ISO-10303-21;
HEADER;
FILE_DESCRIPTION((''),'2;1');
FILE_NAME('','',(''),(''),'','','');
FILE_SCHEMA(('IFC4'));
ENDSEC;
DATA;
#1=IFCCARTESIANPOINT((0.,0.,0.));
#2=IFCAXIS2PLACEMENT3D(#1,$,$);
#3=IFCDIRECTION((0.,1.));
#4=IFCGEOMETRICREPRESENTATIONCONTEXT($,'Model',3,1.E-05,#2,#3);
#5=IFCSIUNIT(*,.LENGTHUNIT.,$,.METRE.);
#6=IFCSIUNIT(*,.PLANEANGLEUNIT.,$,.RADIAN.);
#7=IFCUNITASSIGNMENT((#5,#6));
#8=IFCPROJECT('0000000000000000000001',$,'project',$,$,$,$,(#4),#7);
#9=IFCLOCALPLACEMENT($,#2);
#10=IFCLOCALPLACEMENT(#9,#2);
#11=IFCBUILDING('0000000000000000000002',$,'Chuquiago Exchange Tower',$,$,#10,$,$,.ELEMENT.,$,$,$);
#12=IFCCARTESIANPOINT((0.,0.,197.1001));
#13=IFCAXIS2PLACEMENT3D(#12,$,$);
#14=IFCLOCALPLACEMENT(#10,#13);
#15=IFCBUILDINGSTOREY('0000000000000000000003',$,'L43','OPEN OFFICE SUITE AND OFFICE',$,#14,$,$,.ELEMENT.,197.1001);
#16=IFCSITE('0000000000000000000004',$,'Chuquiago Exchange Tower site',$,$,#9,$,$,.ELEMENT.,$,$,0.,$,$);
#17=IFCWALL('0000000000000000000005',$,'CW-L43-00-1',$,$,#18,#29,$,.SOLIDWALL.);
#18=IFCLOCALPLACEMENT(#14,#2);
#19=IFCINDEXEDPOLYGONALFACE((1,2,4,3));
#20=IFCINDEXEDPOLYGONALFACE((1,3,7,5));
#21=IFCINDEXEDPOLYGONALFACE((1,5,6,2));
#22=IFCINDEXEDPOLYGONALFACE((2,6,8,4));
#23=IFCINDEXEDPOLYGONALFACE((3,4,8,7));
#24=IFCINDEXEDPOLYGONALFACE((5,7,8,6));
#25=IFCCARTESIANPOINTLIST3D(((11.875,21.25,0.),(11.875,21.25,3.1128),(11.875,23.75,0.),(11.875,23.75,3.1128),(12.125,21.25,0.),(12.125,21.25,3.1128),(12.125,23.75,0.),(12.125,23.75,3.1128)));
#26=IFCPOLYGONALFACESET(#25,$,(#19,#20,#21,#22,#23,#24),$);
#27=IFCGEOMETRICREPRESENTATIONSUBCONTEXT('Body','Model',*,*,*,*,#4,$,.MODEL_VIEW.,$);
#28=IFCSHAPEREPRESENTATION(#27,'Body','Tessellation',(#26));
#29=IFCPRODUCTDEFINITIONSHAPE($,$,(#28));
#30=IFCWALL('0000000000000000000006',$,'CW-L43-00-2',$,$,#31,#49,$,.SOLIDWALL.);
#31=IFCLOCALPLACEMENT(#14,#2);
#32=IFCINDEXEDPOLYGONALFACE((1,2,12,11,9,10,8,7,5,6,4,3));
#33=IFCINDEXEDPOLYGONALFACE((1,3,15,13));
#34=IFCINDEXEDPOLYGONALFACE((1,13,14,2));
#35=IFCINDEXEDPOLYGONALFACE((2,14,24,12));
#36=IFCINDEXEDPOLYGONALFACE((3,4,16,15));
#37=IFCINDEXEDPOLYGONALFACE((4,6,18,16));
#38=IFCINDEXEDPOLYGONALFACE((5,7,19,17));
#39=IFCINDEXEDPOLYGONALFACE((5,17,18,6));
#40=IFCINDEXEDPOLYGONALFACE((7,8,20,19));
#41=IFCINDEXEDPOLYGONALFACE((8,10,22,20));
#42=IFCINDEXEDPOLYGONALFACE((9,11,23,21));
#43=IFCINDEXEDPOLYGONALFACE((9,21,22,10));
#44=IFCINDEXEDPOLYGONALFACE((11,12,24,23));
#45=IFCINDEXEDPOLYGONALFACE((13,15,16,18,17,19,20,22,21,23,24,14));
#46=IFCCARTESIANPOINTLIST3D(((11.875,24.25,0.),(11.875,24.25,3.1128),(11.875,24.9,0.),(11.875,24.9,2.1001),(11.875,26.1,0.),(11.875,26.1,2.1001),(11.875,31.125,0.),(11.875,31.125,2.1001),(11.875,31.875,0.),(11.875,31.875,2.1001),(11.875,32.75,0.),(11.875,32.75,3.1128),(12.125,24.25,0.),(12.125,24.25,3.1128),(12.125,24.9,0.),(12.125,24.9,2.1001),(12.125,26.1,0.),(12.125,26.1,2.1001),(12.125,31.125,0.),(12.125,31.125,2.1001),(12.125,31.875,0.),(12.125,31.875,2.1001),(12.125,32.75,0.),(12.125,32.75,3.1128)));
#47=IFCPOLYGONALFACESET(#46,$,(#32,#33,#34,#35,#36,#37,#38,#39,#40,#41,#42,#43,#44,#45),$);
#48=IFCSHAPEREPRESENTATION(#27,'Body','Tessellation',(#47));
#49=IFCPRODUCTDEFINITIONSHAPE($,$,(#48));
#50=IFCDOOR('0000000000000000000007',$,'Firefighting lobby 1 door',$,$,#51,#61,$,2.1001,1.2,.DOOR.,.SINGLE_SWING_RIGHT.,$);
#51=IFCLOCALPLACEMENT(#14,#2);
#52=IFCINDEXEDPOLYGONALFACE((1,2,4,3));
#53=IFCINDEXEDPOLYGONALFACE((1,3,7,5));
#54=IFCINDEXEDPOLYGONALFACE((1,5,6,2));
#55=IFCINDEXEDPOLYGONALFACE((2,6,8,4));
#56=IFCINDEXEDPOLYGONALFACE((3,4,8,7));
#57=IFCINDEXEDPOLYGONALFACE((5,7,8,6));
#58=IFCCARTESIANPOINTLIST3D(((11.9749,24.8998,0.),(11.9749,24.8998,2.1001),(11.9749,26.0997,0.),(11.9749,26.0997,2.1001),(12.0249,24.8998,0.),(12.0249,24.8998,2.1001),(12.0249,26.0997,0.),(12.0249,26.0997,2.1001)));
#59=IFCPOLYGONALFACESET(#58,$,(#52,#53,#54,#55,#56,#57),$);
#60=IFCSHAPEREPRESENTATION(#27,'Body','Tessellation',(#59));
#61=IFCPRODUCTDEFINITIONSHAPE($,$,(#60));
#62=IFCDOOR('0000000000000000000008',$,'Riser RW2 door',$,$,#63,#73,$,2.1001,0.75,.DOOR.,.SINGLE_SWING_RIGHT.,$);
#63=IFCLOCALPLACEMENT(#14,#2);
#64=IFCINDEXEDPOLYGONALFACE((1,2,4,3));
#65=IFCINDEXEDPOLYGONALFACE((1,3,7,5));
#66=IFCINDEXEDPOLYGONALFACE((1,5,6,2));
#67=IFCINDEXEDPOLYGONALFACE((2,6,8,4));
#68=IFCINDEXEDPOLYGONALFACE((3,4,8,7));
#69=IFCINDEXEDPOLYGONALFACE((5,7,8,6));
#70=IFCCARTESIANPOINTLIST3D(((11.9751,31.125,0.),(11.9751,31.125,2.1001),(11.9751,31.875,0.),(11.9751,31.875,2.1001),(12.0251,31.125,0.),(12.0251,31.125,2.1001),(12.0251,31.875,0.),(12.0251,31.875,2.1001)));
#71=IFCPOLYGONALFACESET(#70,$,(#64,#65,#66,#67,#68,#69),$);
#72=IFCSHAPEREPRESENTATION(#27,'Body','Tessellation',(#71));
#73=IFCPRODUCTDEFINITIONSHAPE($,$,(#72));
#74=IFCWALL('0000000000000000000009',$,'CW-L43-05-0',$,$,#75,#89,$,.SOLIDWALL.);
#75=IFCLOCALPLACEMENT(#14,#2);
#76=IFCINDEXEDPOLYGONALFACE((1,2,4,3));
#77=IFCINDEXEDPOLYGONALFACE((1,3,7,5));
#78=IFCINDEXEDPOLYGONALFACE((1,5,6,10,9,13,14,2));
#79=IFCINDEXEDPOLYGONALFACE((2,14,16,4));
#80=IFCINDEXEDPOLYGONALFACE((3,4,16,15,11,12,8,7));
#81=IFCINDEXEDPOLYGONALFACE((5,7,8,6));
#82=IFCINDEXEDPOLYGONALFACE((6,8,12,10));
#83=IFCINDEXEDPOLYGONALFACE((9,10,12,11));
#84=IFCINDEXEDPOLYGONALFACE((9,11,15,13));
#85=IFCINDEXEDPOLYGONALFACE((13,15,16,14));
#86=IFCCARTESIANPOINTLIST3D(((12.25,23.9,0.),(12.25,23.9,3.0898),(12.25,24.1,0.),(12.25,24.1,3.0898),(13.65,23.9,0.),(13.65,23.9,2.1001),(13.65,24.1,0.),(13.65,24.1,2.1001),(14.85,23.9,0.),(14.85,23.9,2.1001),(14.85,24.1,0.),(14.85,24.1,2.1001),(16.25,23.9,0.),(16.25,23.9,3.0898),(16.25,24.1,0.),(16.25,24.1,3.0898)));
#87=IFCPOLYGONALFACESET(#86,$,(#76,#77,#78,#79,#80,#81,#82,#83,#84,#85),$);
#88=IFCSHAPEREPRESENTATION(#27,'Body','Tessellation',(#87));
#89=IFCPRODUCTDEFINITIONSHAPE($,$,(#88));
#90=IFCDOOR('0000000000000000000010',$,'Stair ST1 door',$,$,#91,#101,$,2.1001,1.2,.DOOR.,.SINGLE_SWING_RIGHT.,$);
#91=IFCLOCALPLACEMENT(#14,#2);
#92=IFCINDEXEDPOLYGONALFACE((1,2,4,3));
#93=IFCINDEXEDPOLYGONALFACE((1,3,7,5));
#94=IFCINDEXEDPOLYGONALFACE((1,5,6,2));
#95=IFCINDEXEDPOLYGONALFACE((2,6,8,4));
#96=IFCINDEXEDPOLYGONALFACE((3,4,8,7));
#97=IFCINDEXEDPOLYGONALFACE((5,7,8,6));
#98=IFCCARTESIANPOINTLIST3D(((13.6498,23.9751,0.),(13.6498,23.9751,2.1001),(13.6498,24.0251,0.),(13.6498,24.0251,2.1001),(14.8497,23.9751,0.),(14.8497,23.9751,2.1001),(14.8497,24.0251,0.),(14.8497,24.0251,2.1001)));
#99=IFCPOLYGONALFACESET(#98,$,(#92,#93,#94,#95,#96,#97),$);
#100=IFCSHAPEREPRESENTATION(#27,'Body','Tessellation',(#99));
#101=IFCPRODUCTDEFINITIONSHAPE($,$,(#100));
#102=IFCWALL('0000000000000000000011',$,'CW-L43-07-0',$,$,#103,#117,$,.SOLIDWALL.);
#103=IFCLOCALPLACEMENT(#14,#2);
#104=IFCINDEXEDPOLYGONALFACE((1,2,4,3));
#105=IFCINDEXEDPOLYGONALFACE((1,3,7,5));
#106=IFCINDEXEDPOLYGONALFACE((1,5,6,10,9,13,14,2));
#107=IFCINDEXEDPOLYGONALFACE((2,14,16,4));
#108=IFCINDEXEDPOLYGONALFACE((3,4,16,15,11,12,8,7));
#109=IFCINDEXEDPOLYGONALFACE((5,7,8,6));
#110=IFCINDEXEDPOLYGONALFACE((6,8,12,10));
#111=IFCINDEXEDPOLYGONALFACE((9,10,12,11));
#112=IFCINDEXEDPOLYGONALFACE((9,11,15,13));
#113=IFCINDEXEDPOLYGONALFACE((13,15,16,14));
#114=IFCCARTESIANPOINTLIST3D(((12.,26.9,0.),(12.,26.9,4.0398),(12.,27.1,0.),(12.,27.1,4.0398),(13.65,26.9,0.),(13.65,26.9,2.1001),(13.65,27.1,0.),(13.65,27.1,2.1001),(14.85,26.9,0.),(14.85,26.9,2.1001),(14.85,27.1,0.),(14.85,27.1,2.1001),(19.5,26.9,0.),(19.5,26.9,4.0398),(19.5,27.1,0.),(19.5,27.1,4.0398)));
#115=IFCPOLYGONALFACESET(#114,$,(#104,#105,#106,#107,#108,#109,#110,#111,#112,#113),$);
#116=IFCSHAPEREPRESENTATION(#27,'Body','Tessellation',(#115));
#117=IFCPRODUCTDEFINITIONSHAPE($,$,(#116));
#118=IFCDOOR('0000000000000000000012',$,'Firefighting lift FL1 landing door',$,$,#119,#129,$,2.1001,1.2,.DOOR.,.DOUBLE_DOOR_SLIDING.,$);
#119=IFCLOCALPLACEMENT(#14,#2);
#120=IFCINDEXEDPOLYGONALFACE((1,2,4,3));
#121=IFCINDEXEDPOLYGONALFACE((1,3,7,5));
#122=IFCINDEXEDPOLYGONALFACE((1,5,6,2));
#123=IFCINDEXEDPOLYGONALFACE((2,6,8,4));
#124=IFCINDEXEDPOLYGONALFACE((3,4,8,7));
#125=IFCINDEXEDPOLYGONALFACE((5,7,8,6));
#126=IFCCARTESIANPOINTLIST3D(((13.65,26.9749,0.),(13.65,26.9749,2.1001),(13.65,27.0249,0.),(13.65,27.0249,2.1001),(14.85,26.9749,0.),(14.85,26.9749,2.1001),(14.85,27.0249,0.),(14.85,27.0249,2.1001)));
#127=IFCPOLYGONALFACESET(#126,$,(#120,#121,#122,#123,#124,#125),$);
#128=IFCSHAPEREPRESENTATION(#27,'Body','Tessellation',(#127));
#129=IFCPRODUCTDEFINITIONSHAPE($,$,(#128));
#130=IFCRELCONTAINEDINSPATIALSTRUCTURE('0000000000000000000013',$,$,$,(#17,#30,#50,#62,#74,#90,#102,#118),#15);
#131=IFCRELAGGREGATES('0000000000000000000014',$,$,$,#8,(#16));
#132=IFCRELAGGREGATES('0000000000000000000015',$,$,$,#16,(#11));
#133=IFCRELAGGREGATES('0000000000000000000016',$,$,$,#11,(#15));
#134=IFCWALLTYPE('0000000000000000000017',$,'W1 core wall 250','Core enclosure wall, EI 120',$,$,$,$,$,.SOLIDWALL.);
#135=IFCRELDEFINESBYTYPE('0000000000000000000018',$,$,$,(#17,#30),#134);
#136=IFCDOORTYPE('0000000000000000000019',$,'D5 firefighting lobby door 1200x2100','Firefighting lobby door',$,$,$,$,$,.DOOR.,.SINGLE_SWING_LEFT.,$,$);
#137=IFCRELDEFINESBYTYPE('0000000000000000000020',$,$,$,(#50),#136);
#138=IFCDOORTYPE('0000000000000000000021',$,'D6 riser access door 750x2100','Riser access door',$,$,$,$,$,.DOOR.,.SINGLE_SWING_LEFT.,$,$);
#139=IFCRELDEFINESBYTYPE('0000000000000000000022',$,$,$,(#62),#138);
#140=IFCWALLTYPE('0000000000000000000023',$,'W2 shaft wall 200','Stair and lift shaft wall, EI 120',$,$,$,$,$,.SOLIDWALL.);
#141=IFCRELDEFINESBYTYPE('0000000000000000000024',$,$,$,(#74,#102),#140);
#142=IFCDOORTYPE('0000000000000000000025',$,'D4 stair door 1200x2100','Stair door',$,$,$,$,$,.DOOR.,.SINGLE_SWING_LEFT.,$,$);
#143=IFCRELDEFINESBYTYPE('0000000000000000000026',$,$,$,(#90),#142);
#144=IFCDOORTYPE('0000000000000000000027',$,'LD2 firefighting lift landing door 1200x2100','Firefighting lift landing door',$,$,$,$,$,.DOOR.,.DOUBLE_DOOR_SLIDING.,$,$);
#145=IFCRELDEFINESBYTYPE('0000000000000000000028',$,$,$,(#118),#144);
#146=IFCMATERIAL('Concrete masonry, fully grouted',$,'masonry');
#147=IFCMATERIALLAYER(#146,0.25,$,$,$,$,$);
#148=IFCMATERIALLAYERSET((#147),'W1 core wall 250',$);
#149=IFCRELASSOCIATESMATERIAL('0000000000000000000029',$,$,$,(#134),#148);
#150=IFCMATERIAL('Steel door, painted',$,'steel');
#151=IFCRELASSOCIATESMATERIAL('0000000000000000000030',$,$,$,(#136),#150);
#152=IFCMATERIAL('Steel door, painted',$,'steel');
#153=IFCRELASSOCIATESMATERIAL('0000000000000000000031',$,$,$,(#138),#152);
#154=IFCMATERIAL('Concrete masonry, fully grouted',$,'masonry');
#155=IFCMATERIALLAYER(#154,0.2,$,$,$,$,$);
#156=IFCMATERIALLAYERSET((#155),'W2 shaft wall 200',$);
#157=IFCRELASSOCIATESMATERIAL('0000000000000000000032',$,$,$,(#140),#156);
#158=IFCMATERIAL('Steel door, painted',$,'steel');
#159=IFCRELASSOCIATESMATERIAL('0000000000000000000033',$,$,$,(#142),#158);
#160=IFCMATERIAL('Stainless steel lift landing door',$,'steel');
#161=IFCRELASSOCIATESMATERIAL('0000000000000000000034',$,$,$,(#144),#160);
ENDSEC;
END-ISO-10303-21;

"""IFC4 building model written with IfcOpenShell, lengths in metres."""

from ifc_helpers import new_model, si_unit, direction, frame, frame_2d, origin, place, context, subcontext, project, spatial, rectangle, extrude, material, layer, layer_set, type_object, element, fill, save


model = new_model("IFC4")

# Units and contexts
model_context = context("Model", 3, precision=1e-05, world=origin(), true_north=direction((0.0, 1.0)))
body_context = subcontext(model_context, "Body", "Model", "MODEL_VIEW")
ifc_project = project(units=[si_unit("LENGTHUNIT", "METRE"), si_unit("PLANEANGLEUNIT", "RADIAN")], contexts=[model_context])

# Site, building, storey
site_placement = place(None, origin())
site = spatial("IfcSite", under=ifc_project, at=site_placement, Name="Chuquiago Exchange Tower site", CompositionType="ELEMENT", RefElevation=0.0)
building_placement = place(site_placement, origin())
building = spatial("IfcBuilding", under=site, at=building_placement, Name="Chuquiago Exchange Tower", CompositionType="ELEMENT")
storey_placement = place(building_placement, frame((0.0, 0.0, 197.1001)))
storey = spatial("IfcBuildingStorey", under=building, at=storey_placement, Name="L43", Description="OPEN OFFICE SUITE AND OFFICE", CompositionType="ELEMENT", Elevation=197.1001)

# Wall
ifc_material_1 = material(Name="Concrete masonry, fully grouted", Category="masonry")
ifc_layer_1 = layer(ifc_material_1, 0.25)
ifc_layer_set_1 = layer_set([ifc_layer_1], Name="W1 core wall 250")
wall_type_1 = type_object("IfcWallType", Name="W1 core wall 250", Description="Core enclosure wall, EI 120", PredefinedType="SOLIDWALL", material=ifc_layer_set_1)
wall_1_placement = place(storey_placement, frame((12.0, 21.25, 0.0), z_axis=(0.0, 0.0, 1.0), x_axis=(0.0, 1.0, 0.0)))
element("IfcWall", 1, at=wall_1_placement, inside=storey, type_object=wall_type_1, Name="CW-L43-00-1", PredefinedType="SOLIDWALL", context=body_context, shape_type="SweptSolid", body=[
    extrude(rectangle(XDim=2.5, YDim=0.25, at=frame_2d((1.25, 0.0))), origin(), (0.0, 0.0, 1.0), 3.1128),
])

# Wall, openings, doors
wall_2_placement = place(storey_placement, frame((12.0, 24.25, 0.0), z_axis=(0.0, 0.0, 1.0), x_axis=(0.0, 1.0, 0.0)))
wall_2 = element("IfcWall", 2, at=wall_2_placement, inside=storey, type_object=wall_type_1, Name="CW-L43-00-2", PredefinedType="SOLIDWALL", context=body_context, shape_type="SweptSolid", body=[
    extrude(rectangle(XDim=8.5, YDim=0.25, at=frame_2d((4.25, 0.0))), origin(), (0.0, 0.0, 1.0), 3.1128),
])
opening_1_placement = place(wall_2_placement, frame((0.6499, 0.0, 0.0)))
opening_1 = element("IfcOpeningElement", 3, at=opening_1_placement, cuts=wall_2, PredefinedType="OPENING", context=body_context, shape_type="SweptSolid", body=[
    extrude(rectangle(XDim=1.2, YDim=2.1001, at=frame_2d((0.6001, 1.05))), frame((0.0, 0.135, 0.0), z_axis=(0.0, -1.0, 0.0), x_axis=(1.0, 0.0, 0.0)), (0.0, 0.0, 1.0), 0.27),
])
opening_2_placement = place(wall_2_placement, frame((6.875, 0.0, 0.0)))
opening_2 = element("IfcOpeningElement", 4, at=opening_2_placement, cuts=wall_2, PredefinedType="OPENING", context=body_context, shape_type="SweptSolid", body=[
    extrude(rectangle(XDim=0.75, YDim=2.1001, at=frame_2d((0.375, 1.05))), frame((0.0, 0.135, 0.0), z_axis=(0.0, -1.0, 0.0), x_axis=(1.0, 0.0, 0.0)), (0.0, 0.0, 1.0), 0.27),
])
ifc_material_2 = material(Name="Steel door, painted", Category="steel")
door_type_1 = type_object("IfcDoorType", Name="D5 firefighting lobby door 1200x2100", Description="Firefighting lobby door", OperationType="SINGLE_SWING_LEFT", PredefinedType="DOOR", material=ifc_material_2)
door_1_placement = place(opening_1_placement, frame((1.2, 0.0, 0.0), z_axis=(0.0, 0.0, 1.0), x_axis=(-1.0, 0.0, 0.0)))
door_1 = element("IfcDoor", 5, at=door_1_placement, inside=storey, type_object=door_type_1, Name="Firefighting lobby 1 door", OperationType="SINGLE_SWING_RIGHT", OverallHeight=2.1001, OverallWidth=1.2, PredefinedType="DOOR", context=body_context, shape_type="SweptSolid", body=[
    extrude(rectangle(XDim=1.2, YDim=2.1001, at=frame_2d((0.6001, 1.05))), frame((0.0, 0.0249, 0.0), z_axis=(0.0, -1.0, 0.0), x_axis=(1.0, 0.0, 0.0)), (0.0, 0.0, 1.0), 0.05),
])
fill(opening_1, door_1)
ifc_material_3 = material(Name="Steel door, painted", Category="steel")
door_type_2 = type_object("IfcDoorType", Name="D6 riser access door 750x2100", Description="Riser access door", OperationType="SINGLE_SWING_LEFT", PredefinedType="DOOR", material=ifc_material_3)
door_2_placement = place(opening_2_placement, origin())
door_2 = element("IfcDoor", 6, at=door_2_placement, inside=storey, type_object=door_type_2, Name="Riser RW2 door", OperationType="SINGLE_SWING_RIGHT", OverallHeight=2.1001, OverallWidth=0.75, PredefinedType="DOOR", context=body_context, shape_type="SweptSolid", body=[
    extrude(rectangle(XDim=0.75, YDim=2.1001, at=frame_2d((0.375, 1.05))), frame((0.0, 0.0249, 0.0), z_axis=(0.0, -1.0, 0.0), x_axis=(1.0, 0.0, 0.0)), (0.0, 0.0, 1.0), 0.05),
])
fill(opening_2, door_2)

# Walls, openings, doors
ifc_material_4 = material(Name="Concrete masonry, fully grouted", Category="masonry")
ifc_layer_2 = layer(ifc_material_4, 0.2)
ifc_layer_set_2 = layer_set([ifc_layer_2], Name="W2 shaft wall 200")
wall_type_2 = type_object("IfcWallType", Name="W2 shaft wall 200", Description="Stair and lift shaft wall, EI 120", PredefinedType="SOLIDWALL", material=ifc_layer_set_2)
wall_3_placement = place(storey_placement, frame((12.25, 24.0, 0.0), z_axis=(0.0, 0.0, 1.0), x_axis=(1.0, 0.0, 0.0)))
wall_3 = element("IfcWall", 7, at=wall_3_placement, inside=storey, type_object=wall_type_2, Name="CW-L43-05-0", PredefinedType="SOLIDWALL", context=body_context, shape_type="SweptSolid", body=[
    extrude(rectangle(XDim=4.0, YDim=0.2, at=frame_2d((2.0, 0.0))), origin(), (0.0, 0.0, 1.0), 3.0898),
])
opening_3_placement = place(wall_3_placement, frame((1.3999, 0.0, 0.0)))
opening_3 = element("IfcOpeningElement", 8, at=opening_3_placement, cuts=wall_3, PredefinedType="OPENING", context=body_context, shape_type="SweptSolid", body=[
    extrude(rectangle(XDim=1.2, YDim=2.1001, at=frame_2d((0.6001, 1.05))), frame((0.0, 0.1099, 0.0), z_axis=(0.0, -1.0, 0.0), x_axis=(1.0, 0.0, 0.0)), (0.0, 0.0, 1.0), 0.22),
])
ifc_material_5 = material(Name="Steel door, painted", Category="steel")
door_type_3 = type_object("IfcDoorType", Name="D4 stair door 1200x2100", Description="Stair door", OperationType="SINGLE_SWING_LEFT", PredefinedType="DOOR", material=ifc_material_5)
door_3_placement = place(opening_3_placement, frame((1.2, 0.0, 0.0), z_axis=(0.0, 0.0, 1.0), x_axis=(-1.0, 0.0, 0.0)))
door_3 = element("IfcDoor", 9, at=door_3_placement, inside=storey, type_object=door_type_3, Name="Stair ST1 door", OperationType="SINGLE_SWING_RIGHT", OverallHeight=2.1001, OverallWidth=1.2, PredefinedType="DOOR", context=body_context, shape_type="SweptSolid", body=[
    extrude(rectangle(XDim=1.2, YDim=2.1001, at=frame_2d((0.6001, 1.05))), frame((0.0, 0.0249, 0.0), z_axis=(0.0, -1.0, 0.0), x_axis=(1.0, 0.0, 0.0)), (0.0, 0.0, 1.0), 0.05),
])
fill(opening_3, door_3)
wall_4_placement = place(storey_placement, frame((12.0, 27.0, 0.0), z_axis=(0.0, 0.0, 1.0), x_axis=(1.0, 0.0, 0.0)))
wall_4 = element("IfcWall", 10, at=wall_4_placement, inside=storey, type_object=wall_type_2, Name="CW-L43-07-0", PredefinedType="SOLIDWALL", context=body_context, shape_type="SweptSolid", body=[
    extrude(rectangle(XDim=7.5, YDim=0.2, at=frame_2d((3.75, 0.0))), origin(), (0.0, 0.0, 1.0), 4.0398),
])
opening_4_placement = place(wall_4_placement, frame((1.6499, 0.0, 0.0)))
opening_4 = element("IfcOpeningElement", 11, at=opening_4_placement, cuts=wall_4, PredefinedType="OPENING", context=body_context, shape_type="SweptSolid", body=[
    extrude(rectangle(XDim=1.2, YDim=2.1001, at=frame_2d((0.6001, 1.05))), frame((0.0, 0.1099, 0.0), z_axis=(0.0, -1.0, 0.0), x_axis=(1.0, 0.0, 0.0)), (0.0, 0.0, 1.0), 0.22),
])
ifc_material_6 = material(Name="Stainless steel lift landing door", Category="steel")
door_type_4 = type_object("IfcDoorType", Name="LD2 firefighting lift landing door 1200x2100", Description="Firefighting lift landing door", OperationType="DOUBLE_DOOR_SLIDING", PredefinedType="DOOR", material=ifc_material_6)
door_4_placement = place(opening_4_placement, origin())
door_4 = element("IfcDoor", 12, at=door_4_placement, inside=storey, type_object=door_type_4, Name="Firefighting lift FL1 landing door", OperationType="DOUBLE_DOOR_SLIDING", OverallHeight=2.1001, OverallWidth=1.2, PredefinedType="DOOR", context=body_context, shape_type="SweptSolid", body=[
    extrude(rectangle(XDim=1.2, YDim=2.1001, at=frame_2d((0.6001, 1.05))), frame((0.0, 0.0249, 0.0), z_axis=(0.0, -1.0, 0.0), x_axis=(1.0, 0.0, 0.0)), (0.0, 0.0, 1.0), 0.05),
])
fill(opening_4, door_4)

save(model, "model.ifc")
